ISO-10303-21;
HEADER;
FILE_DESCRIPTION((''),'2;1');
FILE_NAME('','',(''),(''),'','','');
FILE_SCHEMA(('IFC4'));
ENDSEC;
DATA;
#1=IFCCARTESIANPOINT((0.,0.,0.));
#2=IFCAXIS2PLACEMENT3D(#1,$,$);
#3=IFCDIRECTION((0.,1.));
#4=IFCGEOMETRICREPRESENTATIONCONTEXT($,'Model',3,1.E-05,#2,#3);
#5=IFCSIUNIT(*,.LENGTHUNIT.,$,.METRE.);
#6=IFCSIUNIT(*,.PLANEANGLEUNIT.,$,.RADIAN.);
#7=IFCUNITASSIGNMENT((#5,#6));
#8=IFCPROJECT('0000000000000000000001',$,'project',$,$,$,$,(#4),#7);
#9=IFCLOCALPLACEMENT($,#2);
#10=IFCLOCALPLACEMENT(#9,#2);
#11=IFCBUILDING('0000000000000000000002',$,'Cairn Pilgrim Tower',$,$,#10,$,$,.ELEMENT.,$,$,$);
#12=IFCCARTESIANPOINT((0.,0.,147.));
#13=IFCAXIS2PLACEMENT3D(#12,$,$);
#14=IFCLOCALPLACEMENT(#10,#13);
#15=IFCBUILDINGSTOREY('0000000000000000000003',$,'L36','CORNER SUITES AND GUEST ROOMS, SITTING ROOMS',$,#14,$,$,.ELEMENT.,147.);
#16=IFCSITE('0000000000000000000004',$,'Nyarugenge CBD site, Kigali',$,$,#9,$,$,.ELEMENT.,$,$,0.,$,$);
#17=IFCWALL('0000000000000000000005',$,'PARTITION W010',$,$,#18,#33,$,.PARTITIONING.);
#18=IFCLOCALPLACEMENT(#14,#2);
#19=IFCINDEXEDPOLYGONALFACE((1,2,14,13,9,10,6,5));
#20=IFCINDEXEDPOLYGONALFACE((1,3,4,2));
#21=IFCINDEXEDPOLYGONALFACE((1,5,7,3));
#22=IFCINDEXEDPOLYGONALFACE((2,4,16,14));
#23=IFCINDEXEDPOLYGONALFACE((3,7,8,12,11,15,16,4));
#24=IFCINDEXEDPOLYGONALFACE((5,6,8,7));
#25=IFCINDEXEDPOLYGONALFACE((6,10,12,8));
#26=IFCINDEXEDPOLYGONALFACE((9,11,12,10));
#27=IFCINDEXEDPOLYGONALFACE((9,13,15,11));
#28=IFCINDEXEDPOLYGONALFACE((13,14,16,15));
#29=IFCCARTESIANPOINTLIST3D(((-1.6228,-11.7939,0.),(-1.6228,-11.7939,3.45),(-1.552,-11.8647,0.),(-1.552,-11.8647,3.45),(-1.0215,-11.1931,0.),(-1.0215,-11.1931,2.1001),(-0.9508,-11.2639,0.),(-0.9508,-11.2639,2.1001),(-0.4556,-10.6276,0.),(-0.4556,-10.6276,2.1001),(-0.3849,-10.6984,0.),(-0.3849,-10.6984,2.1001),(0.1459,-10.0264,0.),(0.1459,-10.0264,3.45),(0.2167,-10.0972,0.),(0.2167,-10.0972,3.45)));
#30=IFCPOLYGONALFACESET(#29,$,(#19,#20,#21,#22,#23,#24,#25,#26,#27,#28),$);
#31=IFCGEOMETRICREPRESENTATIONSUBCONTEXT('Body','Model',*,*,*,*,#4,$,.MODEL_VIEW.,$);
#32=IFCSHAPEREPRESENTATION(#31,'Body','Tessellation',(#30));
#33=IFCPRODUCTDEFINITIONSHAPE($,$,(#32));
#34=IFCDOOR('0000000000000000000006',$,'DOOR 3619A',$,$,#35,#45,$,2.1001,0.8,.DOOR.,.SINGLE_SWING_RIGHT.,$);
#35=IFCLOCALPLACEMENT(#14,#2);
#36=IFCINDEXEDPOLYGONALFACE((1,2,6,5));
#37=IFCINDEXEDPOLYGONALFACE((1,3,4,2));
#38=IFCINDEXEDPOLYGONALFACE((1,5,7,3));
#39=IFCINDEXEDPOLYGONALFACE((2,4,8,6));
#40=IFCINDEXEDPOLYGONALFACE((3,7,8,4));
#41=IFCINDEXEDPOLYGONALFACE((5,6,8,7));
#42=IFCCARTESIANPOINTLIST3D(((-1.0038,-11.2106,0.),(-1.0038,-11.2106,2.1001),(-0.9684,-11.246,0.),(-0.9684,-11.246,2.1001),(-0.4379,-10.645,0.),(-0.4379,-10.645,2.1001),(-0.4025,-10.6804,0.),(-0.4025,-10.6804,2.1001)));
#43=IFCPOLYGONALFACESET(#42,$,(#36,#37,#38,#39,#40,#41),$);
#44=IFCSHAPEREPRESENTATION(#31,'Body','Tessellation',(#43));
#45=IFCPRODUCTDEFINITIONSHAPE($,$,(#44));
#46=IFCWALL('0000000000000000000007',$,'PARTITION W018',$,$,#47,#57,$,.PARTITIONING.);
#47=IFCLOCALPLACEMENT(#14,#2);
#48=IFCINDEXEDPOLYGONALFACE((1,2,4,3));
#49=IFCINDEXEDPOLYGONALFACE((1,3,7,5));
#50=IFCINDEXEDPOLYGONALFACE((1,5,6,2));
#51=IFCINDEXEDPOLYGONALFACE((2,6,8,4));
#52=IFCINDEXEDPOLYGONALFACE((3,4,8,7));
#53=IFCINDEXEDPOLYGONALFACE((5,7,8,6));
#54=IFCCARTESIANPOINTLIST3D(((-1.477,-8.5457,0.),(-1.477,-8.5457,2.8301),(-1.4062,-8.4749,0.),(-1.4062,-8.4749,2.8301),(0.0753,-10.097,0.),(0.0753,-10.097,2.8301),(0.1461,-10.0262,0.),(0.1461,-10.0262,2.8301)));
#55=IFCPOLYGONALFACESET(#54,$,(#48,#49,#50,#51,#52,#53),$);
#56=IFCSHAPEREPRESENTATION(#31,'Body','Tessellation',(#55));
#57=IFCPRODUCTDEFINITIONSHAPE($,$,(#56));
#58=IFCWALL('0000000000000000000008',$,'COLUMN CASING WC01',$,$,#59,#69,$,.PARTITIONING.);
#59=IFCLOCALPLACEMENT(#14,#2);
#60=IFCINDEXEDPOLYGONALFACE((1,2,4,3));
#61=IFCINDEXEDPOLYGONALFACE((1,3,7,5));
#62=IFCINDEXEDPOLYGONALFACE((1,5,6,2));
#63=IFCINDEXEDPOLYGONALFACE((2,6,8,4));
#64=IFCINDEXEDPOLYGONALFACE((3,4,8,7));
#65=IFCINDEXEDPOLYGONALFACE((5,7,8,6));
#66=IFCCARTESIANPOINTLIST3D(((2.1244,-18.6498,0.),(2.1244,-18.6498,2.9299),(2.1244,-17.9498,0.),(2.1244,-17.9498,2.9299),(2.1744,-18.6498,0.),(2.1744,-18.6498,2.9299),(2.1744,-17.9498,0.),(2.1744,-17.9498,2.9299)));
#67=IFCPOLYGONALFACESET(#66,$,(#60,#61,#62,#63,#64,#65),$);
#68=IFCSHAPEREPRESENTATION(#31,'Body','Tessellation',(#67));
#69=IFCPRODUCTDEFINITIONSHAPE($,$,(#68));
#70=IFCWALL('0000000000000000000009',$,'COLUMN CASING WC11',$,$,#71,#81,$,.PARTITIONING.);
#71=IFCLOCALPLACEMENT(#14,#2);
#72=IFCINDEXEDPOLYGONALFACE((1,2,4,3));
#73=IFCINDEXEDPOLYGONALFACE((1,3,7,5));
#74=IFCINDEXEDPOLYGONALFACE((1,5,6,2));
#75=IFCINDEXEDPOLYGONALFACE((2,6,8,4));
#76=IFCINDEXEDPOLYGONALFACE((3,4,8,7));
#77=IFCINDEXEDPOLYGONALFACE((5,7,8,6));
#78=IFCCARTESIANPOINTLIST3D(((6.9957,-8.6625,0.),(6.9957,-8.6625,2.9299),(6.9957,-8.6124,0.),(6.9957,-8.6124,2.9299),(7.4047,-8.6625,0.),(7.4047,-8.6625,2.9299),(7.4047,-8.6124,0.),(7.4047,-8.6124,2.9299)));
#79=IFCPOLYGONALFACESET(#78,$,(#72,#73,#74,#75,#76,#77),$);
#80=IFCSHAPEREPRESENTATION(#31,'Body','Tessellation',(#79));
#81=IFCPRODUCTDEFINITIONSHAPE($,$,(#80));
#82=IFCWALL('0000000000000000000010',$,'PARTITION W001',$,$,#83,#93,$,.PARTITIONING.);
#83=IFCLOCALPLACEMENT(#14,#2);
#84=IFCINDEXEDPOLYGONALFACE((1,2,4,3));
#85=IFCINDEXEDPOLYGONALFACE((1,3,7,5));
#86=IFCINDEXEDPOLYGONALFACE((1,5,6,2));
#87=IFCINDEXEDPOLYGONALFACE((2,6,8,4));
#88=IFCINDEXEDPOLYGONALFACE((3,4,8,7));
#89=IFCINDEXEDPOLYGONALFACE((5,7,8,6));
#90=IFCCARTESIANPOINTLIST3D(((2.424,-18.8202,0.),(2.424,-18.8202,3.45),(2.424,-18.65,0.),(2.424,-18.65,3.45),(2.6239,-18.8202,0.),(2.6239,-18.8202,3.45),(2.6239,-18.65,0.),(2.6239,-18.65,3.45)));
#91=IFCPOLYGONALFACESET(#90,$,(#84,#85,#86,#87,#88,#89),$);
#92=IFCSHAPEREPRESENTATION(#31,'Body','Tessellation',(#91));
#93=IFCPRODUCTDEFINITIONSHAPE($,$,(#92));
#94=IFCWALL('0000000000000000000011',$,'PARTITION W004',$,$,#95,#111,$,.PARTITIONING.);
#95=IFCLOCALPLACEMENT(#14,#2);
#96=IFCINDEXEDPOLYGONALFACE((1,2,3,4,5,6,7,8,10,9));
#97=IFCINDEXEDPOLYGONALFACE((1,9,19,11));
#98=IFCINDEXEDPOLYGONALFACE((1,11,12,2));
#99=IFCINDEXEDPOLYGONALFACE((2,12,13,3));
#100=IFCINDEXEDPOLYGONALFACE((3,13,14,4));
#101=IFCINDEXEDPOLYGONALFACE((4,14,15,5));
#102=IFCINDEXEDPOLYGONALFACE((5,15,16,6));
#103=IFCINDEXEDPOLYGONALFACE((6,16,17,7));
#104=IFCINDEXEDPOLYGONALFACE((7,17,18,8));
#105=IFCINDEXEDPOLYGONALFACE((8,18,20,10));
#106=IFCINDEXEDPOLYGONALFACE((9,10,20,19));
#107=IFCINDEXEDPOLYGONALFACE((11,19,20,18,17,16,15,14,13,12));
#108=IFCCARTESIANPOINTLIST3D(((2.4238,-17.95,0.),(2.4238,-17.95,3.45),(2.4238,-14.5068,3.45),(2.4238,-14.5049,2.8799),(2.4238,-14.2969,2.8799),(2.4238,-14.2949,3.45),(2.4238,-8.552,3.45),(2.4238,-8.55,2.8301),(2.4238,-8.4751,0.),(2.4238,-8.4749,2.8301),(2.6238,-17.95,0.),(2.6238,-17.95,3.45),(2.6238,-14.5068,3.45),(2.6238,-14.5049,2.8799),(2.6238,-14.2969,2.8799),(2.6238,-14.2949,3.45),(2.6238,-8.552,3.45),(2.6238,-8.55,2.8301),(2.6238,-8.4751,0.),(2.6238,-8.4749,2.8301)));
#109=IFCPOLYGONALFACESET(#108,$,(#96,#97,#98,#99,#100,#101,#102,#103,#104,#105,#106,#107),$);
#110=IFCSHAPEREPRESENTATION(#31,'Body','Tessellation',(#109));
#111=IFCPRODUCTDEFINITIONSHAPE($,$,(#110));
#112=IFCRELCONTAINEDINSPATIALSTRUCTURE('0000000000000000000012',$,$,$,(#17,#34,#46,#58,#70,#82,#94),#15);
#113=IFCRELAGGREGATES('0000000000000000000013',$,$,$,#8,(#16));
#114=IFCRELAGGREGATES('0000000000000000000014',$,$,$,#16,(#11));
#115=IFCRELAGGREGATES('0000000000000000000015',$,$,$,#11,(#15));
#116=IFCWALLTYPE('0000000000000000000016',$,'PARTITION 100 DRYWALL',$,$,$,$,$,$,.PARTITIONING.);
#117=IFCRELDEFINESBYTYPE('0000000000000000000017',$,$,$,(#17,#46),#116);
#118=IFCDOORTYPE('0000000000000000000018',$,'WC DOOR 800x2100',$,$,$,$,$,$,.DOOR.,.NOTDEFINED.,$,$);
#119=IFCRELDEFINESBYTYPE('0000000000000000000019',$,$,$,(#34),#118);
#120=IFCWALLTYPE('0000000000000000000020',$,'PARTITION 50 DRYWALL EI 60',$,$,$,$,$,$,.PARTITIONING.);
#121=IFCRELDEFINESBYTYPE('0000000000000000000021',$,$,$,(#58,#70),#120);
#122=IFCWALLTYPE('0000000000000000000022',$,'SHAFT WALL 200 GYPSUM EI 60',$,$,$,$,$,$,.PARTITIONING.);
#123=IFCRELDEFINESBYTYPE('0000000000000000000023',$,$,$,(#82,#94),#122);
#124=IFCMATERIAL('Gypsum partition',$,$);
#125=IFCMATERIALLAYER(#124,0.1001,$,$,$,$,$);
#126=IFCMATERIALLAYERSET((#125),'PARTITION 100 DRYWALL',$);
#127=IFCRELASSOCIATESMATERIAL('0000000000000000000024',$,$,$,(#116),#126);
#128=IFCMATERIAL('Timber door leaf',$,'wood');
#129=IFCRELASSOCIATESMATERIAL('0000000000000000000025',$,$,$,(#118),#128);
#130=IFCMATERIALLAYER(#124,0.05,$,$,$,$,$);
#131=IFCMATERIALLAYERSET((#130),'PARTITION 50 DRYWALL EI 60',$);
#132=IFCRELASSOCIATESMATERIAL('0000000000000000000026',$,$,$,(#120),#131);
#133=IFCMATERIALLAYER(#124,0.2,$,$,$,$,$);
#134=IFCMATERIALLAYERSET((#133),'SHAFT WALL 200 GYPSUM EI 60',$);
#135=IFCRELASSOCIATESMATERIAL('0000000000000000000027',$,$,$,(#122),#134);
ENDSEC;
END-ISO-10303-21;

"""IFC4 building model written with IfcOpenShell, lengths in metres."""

from ifc_helpers import new_model, si_unit, direction, frame, frame_2d, origin, place, context, subcontext, project, spatial, polyline, rectangle, outline, extrude, material, layer, layer_set, type_object, element, fill, save


model = new_model("IFC4")

# Units and contexts
model_context = context("Model", 3, precision=1e-05, world=origin(), true_north=direction((0.0, 1.0)))
body_context = subcontext(model_context, "Body", "Model", "MODEL_VIEW")
ifc_project = project(units=[si_unit("LENGTHUNIT", "METRE"), si_unit("PLANEANGLEUNIT", "RADIAN")], contexts=[model_context])

# Site, building, storey
site_placement = place(None, origin())
site = spatial("IfcSite", under=ifc_project, at=site_placement, Name="Nyarugenge CBD site, Kigali", CompositionType="ELEMENT", RefElevation=0.0)
building_placement = place(site_placement, origin())
building = spatial("IfcBuilding", under=site, at=building_placement, Name="Cairn Pilgrim Tower", CompositionType="ELEMENT")
storey_placement = place(building_placement, frame((0.0, 0.0, 147.0)))
storey = spatial("IfcBuildingStorey", under=building, at=storey_placement, Name="L36", Description="CORNER SUITES AND GUEST ROOMS, SITTING ROOMS", CompositionType="ELEMENT", Elevation=147.0)

# Shared definitions
ifc_material_1 = material(Name="Gypsum partition")
ifc_layer_1 = layer(ifc_material_1, 0.1001)
ifc_layer_set_1 = layer_set([ifc_layer_1], Name="PARTITION 100 DRYWALL")
wall_type_1 = type_object("IfcWallType", Name="PARTITION 100 DRYWALL", PredefinedType="PARTITIONING", material=ifc_layer_set_1)
ifc_material_2 = material(Name="Timber door leaf", Category="wood")

# Wall, opening, door
wall_1_placement = place(storey_placement, frame((-1.5874, -11.8293, 0.0), z_axis=(0.0, 0.0, 1.0), x_axis=(0.707351, 0.706863, 0.0)))
wall_1 = element("IfcWall", 1, at=wall_1_placement, inside=storey, type_object=wall_type_1, Name="PARTITION W010", PredefinedType="PARTITIONING", context=body_context, shape_type="SweptSolid", body=[
    extrude(rectangle(XDim=2.5005, YDim=0.1001, at=frame_2d((1.2502, 0.0))), origin(), (0.0, 0.0, 1.0), 3.45),
])
opening_1_placement = place(wall_1_placement, frame((0.8501, 0.0, 0.0)))
opening_1 = element("IfcOpeningElement", 2, at=opening_1_placement, cuts=wall_1, PredefinedType="OPENING", context=body_context, shape_type="SweptSolid", body=[
    extrude(rectangle(XDim=0.8, YDim=2.1001, at=frame_2d((0.3999, 1.05))), frame((0.0, 0.0601, 0.0), z_axis=(0.0, -1.0, 0.0), x_axis=(1.0, 0.0, 0.0)), (0.0, 0.0, 1.0), 0.1201),
])
door_type_1 = type_object("IfcDoorType", Name="WC DOOR 800x2100", OperationType="NOTDEFINED", PredefinedType="DOOR", material=ifc_material_2)
door_1_placement = place(opening_1_placement, frame((0.8, 0.0, 0.0), z_axis=(0.0, 0.0, 1.0), x_axis=(-1.0, 0.0, 0.0)))
door_1 = element("IfcDoor", 3, at=door_1_placement, inside=storey, type_object=door_type_1, Name="DOOR 3619A", OperationType="SINGLE_SWING_RIGHT", OverallHeight=2.1001, OverallWidth=0.8, PredefinedType="DOOR", context=body_context, shape_type="SweptSolid", body=[
    extrude(rectangle(XDim=0.8, YDim=2.1001, at=frame_2d((0.3999, 1.05))), frame((0.0, 0.0249, 0.0), z_axis=(0.0, -1.0, 0.0), x_axis=(1.0, 0.0, 0.0)), (0.0, 0.0, 1.0), 0.05),
])
fill(opening_1, door_1)

# Walls
wall_2_placement = place(storey_placement, frame((0.1106, -10.0615, 0.0), z_axis=(0.0, 0.0, 1.0), x_axis=(-0.707329, 0.706884, 0.0)))
element("IfcWall", 4, at=wall_2_placement, inside=storey, type_object=wall_type_1, Name="PARTITION W018", PredefinedType="PARTITIONING", context=body_context, shape_type="SweptSolid", body=[
    extrude(rectangle(XDim=2.1946, YDim=0.1001, at=frame_2d((1.0972, 0.0))), origin(), (0.0, 0.0, 1.0), 2.8301),
])
ifc_layer_2 = layer(ifc_material_1, 0.05)
ifc_layer_set_2 = layer_set([ifc_layer_2], Name="PARTITION 50 DRYWALL EI 60")
wall_type_2 = type_object("IfcWallType", Name="PARTITION 50 DRYWALL EI 60", PredefinedType="PARTITIONING", material=ifc_layer_set_2)
wall_3_placement = place(storey_placement, frame((2.1494, -18.6499, 0.0), z_axis=(0.0, 0.0, 1.0), x_axis=(0.0, 1.0, 0.0)))
element("IfcWall", 5, at=wall_3_placement, inside=storey, type_object=wall_type_2, Name="COLUMN CASING WC01", PredefinedType="PARTITIONING", context=body_context, shape_type="SweptSolid", body=[
    extrude(rectangle(XDim=0.7, YDim=0.05, at=frame_2d((0.3501, 0.0))), origin(), (0.0, 0.0, 1.0), 2.9299),
])
wall_4_placement = place(storey_placement, frame((6.9956, -8.6375, 0.0), z_axis=(0.0, 0.0, 1.0), x_axis=(1.0, 0.0, 0.0)))
element("IfcWall", 6, at=wall_4_placement, inside=storey, type_object=wall_type_2, Name="COLUMN CASING WC11", PredefinedType="PARTITIONING", context=body_context, shape_type="SweptSolid", body=[
    extrude(rectangle(XDim=0.4089, YDim=0.05, at=frame_2d((0.2046, 0.0))), origin(), (0.0, 0.0, 1.0), 2.9299),
])
ifc_layer_3 = layer(ifc_material_1, 0.2)
ifc_layer_set_3 = layer_set([ifc_layer_3], Name="SHAFT WALL 200 GYPSUM EI 60")
wall_type_3 = type_object("IfcWallType", Name="SHAFT WALL 200 GYPSUM EI 60", PredefinedType="PARTITIONING", material=ifc_layer_set_3)
wall_5_placement = place(storey_placement, frame((2.5239, -18.8201, 0.0), z_axis=(0.0, 0.0, 1.0), x_axis=(0.0, 1.0, 0.0)))
element("IfcWall", 7, at=wall_5_placement, inside=storey, type_object=wall_type_3, Name="PARTITION W001", PredefinedType="PARTITIONING", context=body_context, shape_type="SweptSolid", body=[
    extrude(rectangle(XDim=0.1702, YDim=0.2, at=frame_2d((0.085, 0.0))), origin(), (0.0, 0.0, 1.0), 3.45),
])
wall_6_placement = place(storey_placement, frame((2.5239, -17.95, 0.0), z_axis=(0.0, 0.0, 1.0), x_axis=(0.0, 1.0, 0.0)))
element("IfcWall", 8, at=wall_6_placement, inside=storey, type_object=wall_type_3, Name="PARTITION W004", PredefinedType="PARTITIONING", context=body_context, shape_type="SweptSolid", body=[
    extrude(outline(polyline([(0.0, 0.0), (9.4749, 0.0), (9.4751, 2.8301), (9.3999, 2.8301), (9.3979, 3.45), (3.655, 3.45), (3.6531, 2.8799), (3.4451, 2.8799), (3.4431, 3.45), (0.0, 3.45), (0.0, 0.0)])), frame((0.0, 0.1001, 0.0), z_axis=(0.0, -1.0, 0.0), x_axis=(1.0, 0.0, 0.0)), (0.0, 0.0, 1.0), 0.2),
])

save(model, "model.ifc")
